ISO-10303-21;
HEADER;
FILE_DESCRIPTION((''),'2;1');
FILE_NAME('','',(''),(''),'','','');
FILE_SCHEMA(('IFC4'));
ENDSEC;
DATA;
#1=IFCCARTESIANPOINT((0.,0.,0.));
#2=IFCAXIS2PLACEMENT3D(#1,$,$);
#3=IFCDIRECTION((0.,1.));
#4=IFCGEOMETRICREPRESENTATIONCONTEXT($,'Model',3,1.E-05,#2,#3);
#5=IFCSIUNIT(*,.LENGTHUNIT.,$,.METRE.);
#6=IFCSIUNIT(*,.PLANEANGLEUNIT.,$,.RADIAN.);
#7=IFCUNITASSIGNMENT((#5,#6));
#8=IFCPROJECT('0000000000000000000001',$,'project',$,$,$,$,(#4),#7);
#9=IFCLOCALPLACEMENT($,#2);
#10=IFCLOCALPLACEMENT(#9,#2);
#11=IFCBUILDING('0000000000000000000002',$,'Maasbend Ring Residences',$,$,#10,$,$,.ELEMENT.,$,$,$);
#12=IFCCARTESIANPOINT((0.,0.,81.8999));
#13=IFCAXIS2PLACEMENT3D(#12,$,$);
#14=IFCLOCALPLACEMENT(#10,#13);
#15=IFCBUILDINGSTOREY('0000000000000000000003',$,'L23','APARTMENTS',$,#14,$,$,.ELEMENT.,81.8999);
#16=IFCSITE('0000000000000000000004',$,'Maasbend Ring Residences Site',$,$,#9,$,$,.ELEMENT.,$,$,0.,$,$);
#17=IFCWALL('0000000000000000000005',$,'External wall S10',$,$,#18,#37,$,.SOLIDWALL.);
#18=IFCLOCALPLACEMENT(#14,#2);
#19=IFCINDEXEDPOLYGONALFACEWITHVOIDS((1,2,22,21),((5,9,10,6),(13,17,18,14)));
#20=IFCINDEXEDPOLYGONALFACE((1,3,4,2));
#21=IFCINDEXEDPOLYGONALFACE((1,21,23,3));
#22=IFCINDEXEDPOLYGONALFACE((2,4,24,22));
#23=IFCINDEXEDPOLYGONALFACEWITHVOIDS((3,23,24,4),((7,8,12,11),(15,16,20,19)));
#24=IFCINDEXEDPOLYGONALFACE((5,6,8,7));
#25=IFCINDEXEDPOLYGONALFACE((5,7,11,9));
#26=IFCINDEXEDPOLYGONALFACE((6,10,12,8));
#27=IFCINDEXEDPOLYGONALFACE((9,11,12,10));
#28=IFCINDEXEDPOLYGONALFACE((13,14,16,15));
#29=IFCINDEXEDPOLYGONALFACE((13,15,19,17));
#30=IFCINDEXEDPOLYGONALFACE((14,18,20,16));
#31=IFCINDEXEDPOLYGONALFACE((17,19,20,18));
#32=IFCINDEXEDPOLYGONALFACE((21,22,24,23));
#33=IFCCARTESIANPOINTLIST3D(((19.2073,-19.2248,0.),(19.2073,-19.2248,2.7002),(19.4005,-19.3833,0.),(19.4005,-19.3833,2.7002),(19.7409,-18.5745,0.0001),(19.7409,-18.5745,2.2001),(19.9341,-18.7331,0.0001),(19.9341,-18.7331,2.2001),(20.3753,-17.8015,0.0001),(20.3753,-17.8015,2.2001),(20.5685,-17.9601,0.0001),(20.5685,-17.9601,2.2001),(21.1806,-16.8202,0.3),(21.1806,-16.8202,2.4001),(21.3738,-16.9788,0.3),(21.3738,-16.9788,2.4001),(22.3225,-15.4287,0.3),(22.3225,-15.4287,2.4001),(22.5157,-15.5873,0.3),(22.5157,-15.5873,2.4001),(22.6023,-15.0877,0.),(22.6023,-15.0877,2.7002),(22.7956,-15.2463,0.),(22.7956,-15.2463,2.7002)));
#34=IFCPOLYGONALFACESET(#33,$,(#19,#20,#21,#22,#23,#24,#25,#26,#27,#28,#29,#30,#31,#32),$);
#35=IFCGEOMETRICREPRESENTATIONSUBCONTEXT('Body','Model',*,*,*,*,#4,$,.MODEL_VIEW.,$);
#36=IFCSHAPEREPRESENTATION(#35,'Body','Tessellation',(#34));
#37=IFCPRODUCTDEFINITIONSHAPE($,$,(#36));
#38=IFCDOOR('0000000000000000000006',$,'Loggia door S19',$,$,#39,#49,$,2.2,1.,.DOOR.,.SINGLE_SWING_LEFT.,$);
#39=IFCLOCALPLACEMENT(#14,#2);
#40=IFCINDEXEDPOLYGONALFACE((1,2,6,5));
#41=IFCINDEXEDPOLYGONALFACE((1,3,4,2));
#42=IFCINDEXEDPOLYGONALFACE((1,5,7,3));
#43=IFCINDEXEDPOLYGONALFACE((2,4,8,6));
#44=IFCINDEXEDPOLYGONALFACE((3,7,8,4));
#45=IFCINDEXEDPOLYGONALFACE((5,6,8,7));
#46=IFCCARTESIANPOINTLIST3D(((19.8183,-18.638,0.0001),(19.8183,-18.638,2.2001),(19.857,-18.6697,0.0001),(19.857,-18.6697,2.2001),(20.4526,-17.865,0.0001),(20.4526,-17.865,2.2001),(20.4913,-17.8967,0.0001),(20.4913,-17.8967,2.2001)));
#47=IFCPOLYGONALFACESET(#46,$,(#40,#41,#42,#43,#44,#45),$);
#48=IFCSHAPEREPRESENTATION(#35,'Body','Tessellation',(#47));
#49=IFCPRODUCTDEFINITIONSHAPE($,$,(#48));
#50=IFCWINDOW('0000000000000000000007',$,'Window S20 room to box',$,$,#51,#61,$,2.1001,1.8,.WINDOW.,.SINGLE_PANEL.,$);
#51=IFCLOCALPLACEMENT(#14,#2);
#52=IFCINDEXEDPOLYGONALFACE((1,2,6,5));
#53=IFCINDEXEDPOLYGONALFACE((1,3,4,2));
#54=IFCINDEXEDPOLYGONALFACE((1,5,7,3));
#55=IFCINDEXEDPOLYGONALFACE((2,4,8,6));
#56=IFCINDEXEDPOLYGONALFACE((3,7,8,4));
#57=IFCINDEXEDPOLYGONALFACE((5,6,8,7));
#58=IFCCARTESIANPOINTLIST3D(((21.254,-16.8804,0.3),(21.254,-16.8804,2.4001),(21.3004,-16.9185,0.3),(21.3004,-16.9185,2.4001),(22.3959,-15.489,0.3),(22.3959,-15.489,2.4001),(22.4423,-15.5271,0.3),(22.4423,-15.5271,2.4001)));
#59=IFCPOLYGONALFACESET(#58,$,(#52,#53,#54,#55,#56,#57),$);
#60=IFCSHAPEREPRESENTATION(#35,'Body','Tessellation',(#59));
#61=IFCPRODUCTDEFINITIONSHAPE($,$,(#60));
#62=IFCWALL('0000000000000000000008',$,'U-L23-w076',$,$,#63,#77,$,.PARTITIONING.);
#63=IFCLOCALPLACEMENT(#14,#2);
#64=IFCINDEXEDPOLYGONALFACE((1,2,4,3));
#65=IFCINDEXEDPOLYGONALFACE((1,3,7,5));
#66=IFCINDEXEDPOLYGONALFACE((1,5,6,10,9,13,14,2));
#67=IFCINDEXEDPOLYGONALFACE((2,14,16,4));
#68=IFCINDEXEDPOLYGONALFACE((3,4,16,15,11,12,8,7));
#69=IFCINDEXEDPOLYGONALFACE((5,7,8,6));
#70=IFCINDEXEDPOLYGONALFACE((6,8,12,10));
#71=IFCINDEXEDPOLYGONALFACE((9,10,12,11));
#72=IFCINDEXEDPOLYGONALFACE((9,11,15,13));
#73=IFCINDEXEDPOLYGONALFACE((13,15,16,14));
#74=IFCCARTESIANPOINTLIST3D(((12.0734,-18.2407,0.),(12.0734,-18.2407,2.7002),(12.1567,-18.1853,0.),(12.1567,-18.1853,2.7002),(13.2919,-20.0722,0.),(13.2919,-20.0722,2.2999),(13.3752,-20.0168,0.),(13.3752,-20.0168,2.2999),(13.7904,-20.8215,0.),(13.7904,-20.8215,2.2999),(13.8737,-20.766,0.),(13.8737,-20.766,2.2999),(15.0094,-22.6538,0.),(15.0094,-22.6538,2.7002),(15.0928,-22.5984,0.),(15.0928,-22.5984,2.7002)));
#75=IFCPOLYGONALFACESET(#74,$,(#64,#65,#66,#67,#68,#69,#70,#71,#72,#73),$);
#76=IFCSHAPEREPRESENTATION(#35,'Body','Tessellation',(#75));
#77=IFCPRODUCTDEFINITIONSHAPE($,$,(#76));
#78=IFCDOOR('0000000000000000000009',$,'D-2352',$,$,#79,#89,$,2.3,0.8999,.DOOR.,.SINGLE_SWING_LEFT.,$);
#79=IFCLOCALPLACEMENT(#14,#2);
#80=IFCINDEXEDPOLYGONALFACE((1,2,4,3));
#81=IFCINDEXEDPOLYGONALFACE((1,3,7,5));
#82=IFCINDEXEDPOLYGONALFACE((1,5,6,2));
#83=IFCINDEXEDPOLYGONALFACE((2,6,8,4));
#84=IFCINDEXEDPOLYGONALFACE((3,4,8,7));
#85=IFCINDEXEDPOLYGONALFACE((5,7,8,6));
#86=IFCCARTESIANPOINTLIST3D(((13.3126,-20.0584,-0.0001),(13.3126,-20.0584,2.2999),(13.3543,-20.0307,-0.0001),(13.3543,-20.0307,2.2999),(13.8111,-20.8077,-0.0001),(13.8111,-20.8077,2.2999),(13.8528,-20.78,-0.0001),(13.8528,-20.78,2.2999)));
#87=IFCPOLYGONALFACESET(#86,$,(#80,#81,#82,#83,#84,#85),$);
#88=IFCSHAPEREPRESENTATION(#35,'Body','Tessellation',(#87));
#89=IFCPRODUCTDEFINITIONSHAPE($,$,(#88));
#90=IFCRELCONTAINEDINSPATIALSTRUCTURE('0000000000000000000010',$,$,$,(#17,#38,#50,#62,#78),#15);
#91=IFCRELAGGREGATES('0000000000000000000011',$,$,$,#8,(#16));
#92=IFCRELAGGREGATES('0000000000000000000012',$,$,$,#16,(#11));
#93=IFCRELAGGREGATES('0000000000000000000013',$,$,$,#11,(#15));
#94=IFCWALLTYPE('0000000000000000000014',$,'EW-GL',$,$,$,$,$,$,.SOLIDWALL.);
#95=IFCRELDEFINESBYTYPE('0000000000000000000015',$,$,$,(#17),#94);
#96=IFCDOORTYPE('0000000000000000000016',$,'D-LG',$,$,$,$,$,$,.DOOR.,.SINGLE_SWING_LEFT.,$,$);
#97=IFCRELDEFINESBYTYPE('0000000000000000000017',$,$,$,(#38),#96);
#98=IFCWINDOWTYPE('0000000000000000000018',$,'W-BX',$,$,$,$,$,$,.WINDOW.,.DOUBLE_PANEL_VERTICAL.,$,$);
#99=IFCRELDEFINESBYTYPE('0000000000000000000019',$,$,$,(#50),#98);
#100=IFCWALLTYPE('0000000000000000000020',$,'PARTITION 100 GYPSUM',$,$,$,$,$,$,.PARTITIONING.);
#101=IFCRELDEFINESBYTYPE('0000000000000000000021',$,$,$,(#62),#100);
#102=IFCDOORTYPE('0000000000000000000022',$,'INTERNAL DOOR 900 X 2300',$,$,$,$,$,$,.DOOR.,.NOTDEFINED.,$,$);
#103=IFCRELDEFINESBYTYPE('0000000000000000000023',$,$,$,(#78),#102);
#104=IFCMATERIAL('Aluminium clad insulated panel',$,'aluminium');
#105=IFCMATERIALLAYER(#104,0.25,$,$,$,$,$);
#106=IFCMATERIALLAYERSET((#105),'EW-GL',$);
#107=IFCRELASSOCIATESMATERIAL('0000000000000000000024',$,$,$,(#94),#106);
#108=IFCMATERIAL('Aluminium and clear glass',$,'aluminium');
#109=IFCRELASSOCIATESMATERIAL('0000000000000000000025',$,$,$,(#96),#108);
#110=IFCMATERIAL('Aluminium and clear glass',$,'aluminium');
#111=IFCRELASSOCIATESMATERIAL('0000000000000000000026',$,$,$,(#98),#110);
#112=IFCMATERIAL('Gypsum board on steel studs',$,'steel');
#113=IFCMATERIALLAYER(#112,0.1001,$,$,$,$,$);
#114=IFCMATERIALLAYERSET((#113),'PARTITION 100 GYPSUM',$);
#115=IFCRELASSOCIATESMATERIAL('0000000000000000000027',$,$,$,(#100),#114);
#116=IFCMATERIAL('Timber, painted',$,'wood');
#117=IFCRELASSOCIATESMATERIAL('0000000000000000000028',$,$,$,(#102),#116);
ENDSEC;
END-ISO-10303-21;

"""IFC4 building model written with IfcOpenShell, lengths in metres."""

from ifc_helpers import new_model, si_unit, direction, frame, frame_2d, origin, place, context, subcontext, project, spatial, rectangle, extrude, material, layer, layer_set, type_object, element, fill, save


model = new_model("IFC4")

# Units and contexts
model_context = context("Model", 3, precision=1e-05, world=origin(), true_north=direction((0.0, 1.0)))
body_context = subcontext(model_context, "Body", "Model", "MODEL_VIEW")
ifc_project = project(units=[si_unit("LENGTHUNIT", "METRE"), si_unit("PLANEANGLEUNIT", "RADIAN")], contexts=[model_context])

# Site, building, storey
site_placement = place(None, origin())
site = spatial("IfcSite", under=ifc_project, at=site_placement, Name="Maasbend Ring Residences Site", CompositionType="ELEMENT", RefElevation=0.0)
building_placement = place(site_placement, origin())
building = spatial("IfcBuilding", under=site, at=building_placement, Name="Maasbend Ring Residences", CompositionType="ELEMENT")
storey_placement = place(building_placement, frame((0.0, 0.0, 81.8999)))
storey = spatial("IfcBuildingStorey", under=building, at=storey_placement, Name="L23", Description="APARTMENTS", CompositionType="ELEMENT", Elevation=81.8999)

# Wall, openings, door, window
ifc_material_1 = material(Name="Aluminium clad insulated panel", Category="aluminium")
ifc_layer_1 = layer(ifc_material_1, 0.25)
ifc_layer_set_1 = layer_set([ifc_layer_1], Name="EW-GL")
wall_type_1 = type_object("IfcWallType", Name="EW-GL", PredefinedType="SOLIDWALL", material=ifc_layer_set_1)
ifc_material_2 = material(Name="Aluminium and clear glass", Category="aluminium")
door_type_1 = type_object("IfcDoorType", Name="D-LG", OperationType="SINGLE_SWING_LEFT", PredefinedType="DOOR", material=ifc_material_2)
ifc_material_3 = material(Name="Aluminium and clear glass", Category="aluminium")
window_type_1 = type_object("IfcWindowType", Name="W-BX", PartitioningType="DOUBLE_PANEL_VERTICAL", PredefinedType="WINDOW", material=ifc_material_3)
wall_1_placement = place(storey_placement, frame((19.304, -19.304, 0.0), z_axis=(0.0, 0.0, 1.0), x_axis=(0.634382, 0.773019, 0.0)))
wall_1 = element("IfcWall", 1, at=wall_1_placement, inside=storey, type_object=wall_type_1, Name="External wall S10", PredefinedType="SOLIDWALL", context=body_context, shape_type="SweptSolid", body=[
    extrude(rectangle(XDim=5.3518, YDim=0.25, at=frame_2d((2.6758, 0.0))), origin(), (0.0, 0.0, 1.0), 2.7002),
])
opening_1_placement = place(wall_1_placement, frame((0.8411, 0.0, 0.0)))
opening_1 = element("IfcOpeningElement", 2, at=opening_1_placement, cuts=wall_1, PredefinedType="OPENING", context=body_context, shape_type="SweptSolid", body=[
    extrude(rectangle(XDim=1.0, YDim=2.2, at=frame_2d((0.5, 1.1001))), frame((0.0, 0.135, 0.0), z_axis=(0.0, -1.0, 0.0), x_axis=(1.0, 0.0, 0.0)), (0.0, 0.0, 1.0), 0.27),
])
opening_2_placement = place(wall_1_placement, frame((3.1106, 0.0, 0.3)))
opening_2 = element("IfcOpeningElement", 3, at=opening_2_placement, cuts=wall_1, PredefinedType="OPENING", context=body_context, shape_type="SweptSolid", body=[
    extrude(rectangle(XDim=1.8, YDim=2.1001, at=frame_2d((0.8999, 1.05))), frame((0.0, 0.135, 0.0), z_axis=(0.0, -1.0, 0.0), x_axis=(1.0, 0.0, 0.0)), (0.0, 0.0, 1.0), 0.27),
])
door_1_placement = place(opening_1_placement, origin())
door_1 = element("IfcDoor", 4, at=door_1_placement, inside=storey, type_object=door_type_1, Name="Loggia door S19", OperationType="SINGLE_SWING_LEFT", OverallHeight=2.2, OverallWidth=1.0, PredefinedType="DOOR", context=body_context, shape_type="SweptSolid", body=[
    extrude(rectangle(XDim=1.0, YDim=2.2, at=frame_2d((0.5, 1.1001))), frame((0.0, 0.0249, 0.0), z_axis=(0.0, -1.0, 0.0), x_axis=(1.0, 0.0, 0.0)), (0.0, 0.0, 1.0), 0.05),
])
fill(opening_1, door_1)
window_1_placement = place(opening_2_placement, origin())
window_1 = element("IfcWindow", 5, at=window_1_placement, inside=storey, type_object=window_type_1, Name="Window S20 room to box", OverallHeight=2.1001, OverallWidth=1.8, PartitioningType="SINGLE_PANEL", PredefinedType="WINDOW", context=body_context, shape_type="SweptSolid", body=[
    extrude(rectangle(XDim=1.8, YDim=2.1001, at=frame_2d((0.8999, 1.05))), frame((0.0, 0.03, 0.0), z_axis=(0.0, -1.0, 0.0), x_axis=(1.0, 0.0, 0.0)), (0.0, 0.0, 1.0), 0.0601),
])
fill(opening_2, window_1)

# Wall, opening, door
ifc_material_4 = material(Name="Gypsum board on steel studs", Category="steel")
ifc_layer_2 = layer(ifc_material_4, 0.1001)
ifc_layer_set_2 = layer_set([ifc_layer_2], Name="PARTITION 100 GYPSUM")
wall_type_2 = type_object("IfcWallType", Name="PARTITION 100 GYPSUM", PredefinedType="PARTITIONING", material=ifc_layer_set_2)
wall_2_placement = place(storey_placement, frame((12.115, -18.2129, 0.0), z_axis=(0.0, 0.0, 1.0), x_axis=(0.553913, -0.832574, 0.0)))
wall_2 = element("IfcWall", 6, at=wall_2_placement, inside=storey, type_object=wall_type_2, Name="U-L23-w076", PredefinedType="PARTITIONING", context=body_context, shape_type="SweptSolid", body=[
    extrude(rectangle(XDim=5.3005, YDim=0.1001, at=frame_2d((2.6504, 0.0))), origin(), (0.0, 0.0, 1.0), 2.7002),
])
opening_3_placement = place(wall_2_placement, frame((2.2, 0.0, 0.0)))
opening_3 = element("IfcOpeningElement", 7, at=opening_3_placement, cuts=wall_2, PredefinedType="OPENING", context=body_context, shape_type="SweptSolid", body=[
    extrude(rectangle(XDim=0.8999, YDim=2.3, at=frame_2d((0.45, 1.1499))), frame((0.0, 0.0601, 0.0), z_axis=(0.0, -1.0, 0.0), x_axis=(1.0, 0.0, 0.0)), (0.0, 0.0, 1.0), 0.1201),
])
ifc_material_5 = material(Name="Timber, painted", Category="wood")
door_type_2 = type_object("IfcDoorType", Name="INTERNAL DOOR 900 X 2300", OperationType="NOTDEFINED", PredefinedType="DOOR", material=ifc_material_5)
door_2_placement = place(opening_3_placement, origin())
door_2 = element("IfcDoor", 8, at=door_2_placement, inside=storey, type_object=door_type_2, Name="D-2352", OperationType="SINGLE_SWING_LEFT", OverallHeight=2.3, OverallWidth=0.8999, PredefinedType="DOOR", context=body_context, shape_type="SweptSolid", body=[
    extrude(rectangle(XDim=0.8999, YDim=2.3, at=frame_2d((0.45, 1.1499))), frame((0.0, 0.0249, 0.0), z_axis=(0.0, -1.0, 0.0), x_axis=(1.0, 0.0, 0.0)), (0.0, 0.0, 1.0), 0.05),
])
fill(opening_3, door_2)

save(model, "model.ifc")
